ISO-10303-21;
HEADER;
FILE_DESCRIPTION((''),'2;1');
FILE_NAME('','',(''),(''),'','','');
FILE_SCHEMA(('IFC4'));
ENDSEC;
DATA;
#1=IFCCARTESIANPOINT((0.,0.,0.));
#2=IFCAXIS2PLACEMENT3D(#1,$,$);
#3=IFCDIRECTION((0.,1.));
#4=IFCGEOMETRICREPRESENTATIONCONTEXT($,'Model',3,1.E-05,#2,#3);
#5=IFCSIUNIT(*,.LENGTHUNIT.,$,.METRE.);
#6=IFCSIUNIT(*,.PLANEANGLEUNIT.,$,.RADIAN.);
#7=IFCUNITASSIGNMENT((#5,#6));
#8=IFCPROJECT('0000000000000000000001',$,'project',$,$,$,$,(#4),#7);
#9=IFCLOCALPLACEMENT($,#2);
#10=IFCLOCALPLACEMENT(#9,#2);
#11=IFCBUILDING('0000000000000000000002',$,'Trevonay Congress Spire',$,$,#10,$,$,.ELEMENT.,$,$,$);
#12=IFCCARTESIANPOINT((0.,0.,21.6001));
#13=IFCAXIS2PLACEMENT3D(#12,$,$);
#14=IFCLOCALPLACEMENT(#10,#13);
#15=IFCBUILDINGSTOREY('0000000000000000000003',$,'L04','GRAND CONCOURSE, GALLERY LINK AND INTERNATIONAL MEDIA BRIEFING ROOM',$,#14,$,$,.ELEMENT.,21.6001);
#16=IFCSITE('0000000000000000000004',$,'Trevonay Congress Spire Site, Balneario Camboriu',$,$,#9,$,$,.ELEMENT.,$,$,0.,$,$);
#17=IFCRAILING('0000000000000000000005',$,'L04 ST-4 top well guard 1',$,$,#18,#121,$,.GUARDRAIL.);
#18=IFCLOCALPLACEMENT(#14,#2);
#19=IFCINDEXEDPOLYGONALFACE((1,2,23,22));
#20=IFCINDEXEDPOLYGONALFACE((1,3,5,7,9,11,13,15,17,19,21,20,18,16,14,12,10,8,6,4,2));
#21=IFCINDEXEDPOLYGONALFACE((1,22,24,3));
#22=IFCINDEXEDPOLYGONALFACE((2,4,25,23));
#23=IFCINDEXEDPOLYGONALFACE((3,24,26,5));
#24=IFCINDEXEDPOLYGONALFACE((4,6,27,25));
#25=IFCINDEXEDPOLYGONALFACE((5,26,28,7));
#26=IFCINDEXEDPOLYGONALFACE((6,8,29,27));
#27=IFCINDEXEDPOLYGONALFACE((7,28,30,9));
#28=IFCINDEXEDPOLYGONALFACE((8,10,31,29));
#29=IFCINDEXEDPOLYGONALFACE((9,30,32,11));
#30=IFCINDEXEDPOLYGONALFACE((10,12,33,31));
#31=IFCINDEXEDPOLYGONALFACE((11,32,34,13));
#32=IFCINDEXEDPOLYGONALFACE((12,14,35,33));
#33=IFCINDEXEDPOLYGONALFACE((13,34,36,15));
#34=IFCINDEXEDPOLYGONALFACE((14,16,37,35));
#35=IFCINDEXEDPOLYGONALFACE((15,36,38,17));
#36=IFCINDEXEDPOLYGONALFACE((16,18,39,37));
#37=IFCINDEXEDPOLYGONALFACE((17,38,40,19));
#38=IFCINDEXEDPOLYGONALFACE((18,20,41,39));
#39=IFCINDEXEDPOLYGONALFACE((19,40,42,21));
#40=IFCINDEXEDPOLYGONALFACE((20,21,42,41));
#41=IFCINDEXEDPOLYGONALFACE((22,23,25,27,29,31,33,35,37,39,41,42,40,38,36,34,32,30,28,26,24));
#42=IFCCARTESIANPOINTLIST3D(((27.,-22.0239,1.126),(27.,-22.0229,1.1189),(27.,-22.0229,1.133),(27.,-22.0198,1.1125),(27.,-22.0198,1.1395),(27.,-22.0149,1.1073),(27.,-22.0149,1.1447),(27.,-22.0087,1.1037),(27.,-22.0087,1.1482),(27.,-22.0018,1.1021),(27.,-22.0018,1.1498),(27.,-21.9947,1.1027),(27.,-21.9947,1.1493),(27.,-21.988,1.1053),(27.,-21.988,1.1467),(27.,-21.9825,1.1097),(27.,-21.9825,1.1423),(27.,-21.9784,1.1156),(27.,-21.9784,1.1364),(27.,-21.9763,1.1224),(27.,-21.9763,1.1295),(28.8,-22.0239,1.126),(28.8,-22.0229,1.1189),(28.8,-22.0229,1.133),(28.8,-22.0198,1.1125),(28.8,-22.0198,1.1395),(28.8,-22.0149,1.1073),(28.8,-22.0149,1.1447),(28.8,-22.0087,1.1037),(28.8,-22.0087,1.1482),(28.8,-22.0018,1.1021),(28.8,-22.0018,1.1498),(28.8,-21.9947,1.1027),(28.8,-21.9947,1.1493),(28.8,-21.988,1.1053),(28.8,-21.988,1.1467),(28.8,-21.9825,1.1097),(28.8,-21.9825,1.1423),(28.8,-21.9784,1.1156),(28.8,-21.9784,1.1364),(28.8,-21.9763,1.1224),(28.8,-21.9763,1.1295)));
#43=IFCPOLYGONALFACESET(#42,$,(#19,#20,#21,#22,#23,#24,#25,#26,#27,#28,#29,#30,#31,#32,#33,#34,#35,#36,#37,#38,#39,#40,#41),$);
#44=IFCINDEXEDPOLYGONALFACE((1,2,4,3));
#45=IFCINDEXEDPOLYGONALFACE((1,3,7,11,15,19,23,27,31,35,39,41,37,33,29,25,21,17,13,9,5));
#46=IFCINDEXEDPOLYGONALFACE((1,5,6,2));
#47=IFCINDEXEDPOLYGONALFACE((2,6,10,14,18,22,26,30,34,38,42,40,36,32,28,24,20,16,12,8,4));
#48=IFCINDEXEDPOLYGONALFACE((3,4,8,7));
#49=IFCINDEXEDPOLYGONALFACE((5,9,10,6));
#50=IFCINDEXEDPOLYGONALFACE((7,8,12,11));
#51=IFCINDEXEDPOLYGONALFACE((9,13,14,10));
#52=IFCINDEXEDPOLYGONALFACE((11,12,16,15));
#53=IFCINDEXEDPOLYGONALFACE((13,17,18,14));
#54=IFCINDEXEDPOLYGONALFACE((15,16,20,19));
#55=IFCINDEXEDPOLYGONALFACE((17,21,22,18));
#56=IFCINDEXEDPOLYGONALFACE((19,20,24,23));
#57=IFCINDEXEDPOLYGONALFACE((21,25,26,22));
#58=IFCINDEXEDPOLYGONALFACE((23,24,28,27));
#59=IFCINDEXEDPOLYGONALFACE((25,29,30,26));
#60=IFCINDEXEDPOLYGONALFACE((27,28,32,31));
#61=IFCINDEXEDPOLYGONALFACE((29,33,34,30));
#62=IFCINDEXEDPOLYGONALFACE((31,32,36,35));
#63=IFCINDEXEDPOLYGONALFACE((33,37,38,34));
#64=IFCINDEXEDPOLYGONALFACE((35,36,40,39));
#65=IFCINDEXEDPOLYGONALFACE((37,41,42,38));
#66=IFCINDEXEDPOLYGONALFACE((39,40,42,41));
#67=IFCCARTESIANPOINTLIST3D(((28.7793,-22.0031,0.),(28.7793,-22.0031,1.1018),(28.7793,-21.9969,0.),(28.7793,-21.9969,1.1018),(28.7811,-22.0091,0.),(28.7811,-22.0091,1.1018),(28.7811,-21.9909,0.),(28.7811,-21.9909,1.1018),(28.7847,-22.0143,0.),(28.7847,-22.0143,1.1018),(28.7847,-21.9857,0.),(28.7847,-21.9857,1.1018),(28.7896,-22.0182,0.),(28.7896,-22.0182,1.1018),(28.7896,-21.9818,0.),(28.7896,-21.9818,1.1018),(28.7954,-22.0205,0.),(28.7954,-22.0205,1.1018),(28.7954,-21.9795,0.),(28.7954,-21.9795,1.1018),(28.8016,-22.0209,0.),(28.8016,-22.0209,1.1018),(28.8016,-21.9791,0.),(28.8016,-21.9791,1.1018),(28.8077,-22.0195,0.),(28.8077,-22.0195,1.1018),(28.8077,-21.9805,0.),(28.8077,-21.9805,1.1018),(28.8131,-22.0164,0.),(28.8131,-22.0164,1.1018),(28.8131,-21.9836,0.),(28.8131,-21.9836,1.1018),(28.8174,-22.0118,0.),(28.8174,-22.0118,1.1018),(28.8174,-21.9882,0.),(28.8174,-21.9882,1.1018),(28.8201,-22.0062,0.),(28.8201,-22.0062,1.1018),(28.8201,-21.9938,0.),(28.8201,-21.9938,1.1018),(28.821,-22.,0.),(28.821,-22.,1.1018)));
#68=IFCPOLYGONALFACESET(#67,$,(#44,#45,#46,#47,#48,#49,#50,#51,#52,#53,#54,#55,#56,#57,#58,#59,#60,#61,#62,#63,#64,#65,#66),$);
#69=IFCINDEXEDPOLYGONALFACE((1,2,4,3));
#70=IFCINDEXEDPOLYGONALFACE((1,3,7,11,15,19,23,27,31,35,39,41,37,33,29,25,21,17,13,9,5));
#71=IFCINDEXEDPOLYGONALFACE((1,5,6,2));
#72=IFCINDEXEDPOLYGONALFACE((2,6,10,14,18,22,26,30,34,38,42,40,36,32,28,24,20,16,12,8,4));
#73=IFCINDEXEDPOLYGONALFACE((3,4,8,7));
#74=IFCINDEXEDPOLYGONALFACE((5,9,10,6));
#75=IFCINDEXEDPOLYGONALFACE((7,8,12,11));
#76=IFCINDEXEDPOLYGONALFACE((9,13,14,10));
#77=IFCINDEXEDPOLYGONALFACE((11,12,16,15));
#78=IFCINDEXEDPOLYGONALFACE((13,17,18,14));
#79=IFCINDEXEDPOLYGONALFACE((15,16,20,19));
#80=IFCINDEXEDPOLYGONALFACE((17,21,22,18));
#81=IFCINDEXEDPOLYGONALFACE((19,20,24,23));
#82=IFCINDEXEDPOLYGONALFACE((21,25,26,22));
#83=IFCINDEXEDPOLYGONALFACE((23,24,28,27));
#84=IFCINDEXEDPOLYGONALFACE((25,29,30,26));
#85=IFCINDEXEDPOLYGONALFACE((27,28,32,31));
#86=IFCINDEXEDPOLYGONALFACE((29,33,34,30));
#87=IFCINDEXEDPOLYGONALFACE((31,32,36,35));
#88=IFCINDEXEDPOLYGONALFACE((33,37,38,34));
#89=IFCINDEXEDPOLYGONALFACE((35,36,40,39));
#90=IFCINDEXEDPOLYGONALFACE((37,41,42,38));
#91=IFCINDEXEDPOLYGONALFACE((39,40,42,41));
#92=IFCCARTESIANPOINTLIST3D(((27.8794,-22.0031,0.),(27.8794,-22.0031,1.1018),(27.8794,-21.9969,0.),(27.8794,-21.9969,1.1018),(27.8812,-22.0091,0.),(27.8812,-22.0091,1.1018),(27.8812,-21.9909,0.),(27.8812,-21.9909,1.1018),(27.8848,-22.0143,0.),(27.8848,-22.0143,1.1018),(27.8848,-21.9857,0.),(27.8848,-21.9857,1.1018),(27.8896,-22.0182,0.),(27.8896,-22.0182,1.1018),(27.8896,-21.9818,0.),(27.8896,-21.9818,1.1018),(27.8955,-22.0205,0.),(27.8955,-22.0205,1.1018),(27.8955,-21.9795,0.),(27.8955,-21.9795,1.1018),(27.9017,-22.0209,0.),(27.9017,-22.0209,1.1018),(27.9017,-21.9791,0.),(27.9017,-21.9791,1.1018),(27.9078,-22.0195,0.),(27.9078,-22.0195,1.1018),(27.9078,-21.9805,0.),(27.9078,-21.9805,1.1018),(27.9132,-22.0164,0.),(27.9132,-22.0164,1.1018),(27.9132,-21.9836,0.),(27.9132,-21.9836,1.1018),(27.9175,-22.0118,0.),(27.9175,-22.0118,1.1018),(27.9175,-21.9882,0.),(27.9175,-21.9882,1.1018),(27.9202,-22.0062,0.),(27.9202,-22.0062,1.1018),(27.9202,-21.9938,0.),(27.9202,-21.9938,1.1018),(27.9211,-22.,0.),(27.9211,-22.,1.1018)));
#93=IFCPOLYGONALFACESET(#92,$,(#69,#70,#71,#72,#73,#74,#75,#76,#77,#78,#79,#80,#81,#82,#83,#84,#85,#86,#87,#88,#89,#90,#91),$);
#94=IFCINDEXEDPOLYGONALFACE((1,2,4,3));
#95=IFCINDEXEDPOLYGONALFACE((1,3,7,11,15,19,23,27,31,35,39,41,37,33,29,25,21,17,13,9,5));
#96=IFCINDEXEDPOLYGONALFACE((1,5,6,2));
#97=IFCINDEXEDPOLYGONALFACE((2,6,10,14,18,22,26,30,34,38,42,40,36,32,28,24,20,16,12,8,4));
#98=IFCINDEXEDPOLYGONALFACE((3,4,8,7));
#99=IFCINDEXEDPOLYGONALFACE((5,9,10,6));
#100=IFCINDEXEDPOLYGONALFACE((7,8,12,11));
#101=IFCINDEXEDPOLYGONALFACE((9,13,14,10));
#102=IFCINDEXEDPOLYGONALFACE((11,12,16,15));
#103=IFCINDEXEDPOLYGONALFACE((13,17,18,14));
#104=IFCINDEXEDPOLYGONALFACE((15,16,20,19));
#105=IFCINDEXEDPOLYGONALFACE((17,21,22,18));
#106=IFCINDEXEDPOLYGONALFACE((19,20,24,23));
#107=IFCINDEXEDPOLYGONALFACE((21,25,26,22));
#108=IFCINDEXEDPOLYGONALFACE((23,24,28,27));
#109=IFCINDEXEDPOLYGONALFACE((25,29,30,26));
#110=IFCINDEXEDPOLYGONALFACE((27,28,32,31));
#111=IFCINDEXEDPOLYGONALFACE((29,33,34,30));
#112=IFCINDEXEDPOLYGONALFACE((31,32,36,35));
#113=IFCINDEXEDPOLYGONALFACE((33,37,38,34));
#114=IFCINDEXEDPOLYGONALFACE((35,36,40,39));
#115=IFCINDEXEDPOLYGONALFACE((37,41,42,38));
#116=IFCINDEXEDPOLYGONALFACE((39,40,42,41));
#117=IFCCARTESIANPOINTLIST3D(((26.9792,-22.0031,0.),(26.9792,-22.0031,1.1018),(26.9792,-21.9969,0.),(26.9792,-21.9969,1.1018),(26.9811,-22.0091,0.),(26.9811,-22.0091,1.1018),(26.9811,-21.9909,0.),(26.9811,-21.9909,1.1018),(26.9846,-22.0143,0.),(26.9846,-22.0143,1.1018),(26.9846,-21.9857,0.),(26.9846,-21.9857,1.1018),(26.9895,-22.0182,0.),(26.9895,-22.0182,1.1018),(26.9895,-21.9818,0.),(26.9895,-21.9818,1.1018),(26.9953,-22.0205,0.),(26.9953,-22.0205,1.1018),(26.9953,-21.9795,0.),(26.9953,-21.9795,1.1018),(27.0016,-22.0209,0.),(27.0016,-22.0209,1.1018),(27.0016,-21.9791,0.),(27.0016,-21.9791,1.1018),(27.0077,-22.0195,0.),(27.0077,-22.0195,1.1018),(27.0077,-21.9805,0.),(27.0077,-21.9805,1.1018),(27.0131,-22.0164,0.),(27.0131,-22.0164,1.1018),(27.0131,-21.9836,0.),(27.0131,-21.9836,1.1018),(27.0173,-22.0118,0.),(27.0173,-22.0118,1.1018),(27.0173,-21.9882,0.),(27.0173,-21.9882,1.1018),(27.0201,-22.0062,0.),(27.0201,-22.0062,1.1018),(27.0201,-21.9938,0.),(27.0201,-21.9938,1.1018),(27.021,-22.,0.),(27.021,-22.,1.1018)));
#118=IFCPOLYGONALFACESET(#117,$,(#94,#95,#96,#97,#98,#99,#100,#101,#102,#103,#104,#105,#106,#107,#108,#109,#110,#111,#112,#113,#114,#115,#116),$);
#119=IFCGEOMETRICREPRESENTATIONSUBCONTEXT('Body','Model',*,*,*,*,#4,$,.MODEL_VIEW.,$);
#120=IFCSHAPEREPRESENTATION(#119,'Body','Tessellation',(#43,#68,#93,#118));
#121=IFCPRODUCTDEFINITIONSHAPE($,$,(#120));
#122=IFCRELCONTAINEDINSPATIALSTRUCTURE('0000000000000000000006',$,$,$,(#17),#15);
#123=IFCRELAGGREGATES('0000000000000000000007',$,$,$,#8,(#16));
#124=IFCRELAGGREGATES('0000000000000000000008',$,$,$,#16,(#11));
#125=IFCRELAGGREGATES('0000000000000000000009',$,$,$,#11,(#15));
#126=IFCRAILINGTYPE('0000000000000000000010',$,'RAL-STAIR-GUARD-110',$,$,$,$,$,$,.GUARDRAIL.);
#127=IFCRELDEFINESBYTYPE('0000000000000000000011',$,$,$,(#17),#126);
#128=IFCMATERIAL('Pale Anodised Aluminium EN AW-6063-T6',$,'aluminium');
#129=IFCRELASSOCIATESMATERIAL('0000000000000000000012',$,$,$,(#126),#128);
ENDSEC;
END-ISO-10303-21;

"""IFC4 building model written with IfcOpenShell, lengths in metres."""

from ifc_helpers import new_model, si_unit, direction, frame, origin, origin_2d, place, context, subcontext, project, spatial, circle, extrude, material, type_object, element, save


model = new_model("IFC4")

# Units and contexts
model_context = context("Model", 3, precision=1e-05, world=origin(), true_north=direction((0.0, 1.0)))
body_context = subcontext(model_context, "Body", "Model", "MODEL_VIEW")
ifc_project = project(units=[si_unit("LENGTHUNIT", "METRE"), si_unit("PLANEANGLEUNIT", "RADIAN")], contexts=[model_context])

# Site, building, storey
site_placement = place(None, origin())
site = spatial("IfcSite", under=ifc_project, at=site_placement, Name="Trevonay Congress Spire Site, Balneario Camboriu", CompositionType="ELEMENT", RefElevation=0.0)
building_placement = place(site_placement, origin())
building = spatial("IfcBuilding", under=site, at=building_placement, Name="Trevonay Congress Spire", CompositionType="ELEMENT")
storey_placement = place(building_placement, frame((0.0, 0.0, 21.6001)))
storey = spatial("IfcBuildingStorey", under=building, at=storey_placement, Name="L04", Description="GRAND CONCOURSE, GALLERY LINK AND INTERNATIONAL MEDIA BRIEFING ROOM", CompositionType="ELEMENT", Elevation=21.6001)

# Shared definitions
ifc_material_1 = material(Name="Pale Anodised Aluminium EN AW-6063-T6", Category="aluminium")

# Railing
railing_type = type_object("IfcRailingType", Name="RAL-STAIR-GUARD-110", PredefinedType="GUARDRAIL", material=ifc_material_1)
railing_placement = place(storey_placement, frame((28.8, -22.0, 0.0)))
element("IfcRailing", 1, at=railing_placement, inside=storey, type_object=railing_type, Name="L04 ST-4 top well guard 1", PredefinedType="GUARDRAIL", context=body_context, shape_type="SweptSolid", body=[
    extrude(circle(Radius=0.0239, at=origin_2d()), frame((0.0, 0.0, 1.126), z_axis=(-1.0, 0.0, 0.0), x_axis=(0.0, -1.0, 0.0)), (0.0, 0.0, 1.0), 1.8),
    extrude(circle(Radius=0.021, at=origin_2d()), origin(), (0.0, 0.0, 1.0), 1.1018),
    extrude(circle(Radius=0.021, at=origin_2d()), frame((-0.8999, 0.0, 0.0)), (0.0, 0.0, 1.0), 1.1018),
    extrude(circle(Radius=0.021, at=origin_2d()), frame((-1.8, 0.0, 0.0)), (0.0, 0.0, 1.0), 1.1018),
])

save(model, "model.ifc")
